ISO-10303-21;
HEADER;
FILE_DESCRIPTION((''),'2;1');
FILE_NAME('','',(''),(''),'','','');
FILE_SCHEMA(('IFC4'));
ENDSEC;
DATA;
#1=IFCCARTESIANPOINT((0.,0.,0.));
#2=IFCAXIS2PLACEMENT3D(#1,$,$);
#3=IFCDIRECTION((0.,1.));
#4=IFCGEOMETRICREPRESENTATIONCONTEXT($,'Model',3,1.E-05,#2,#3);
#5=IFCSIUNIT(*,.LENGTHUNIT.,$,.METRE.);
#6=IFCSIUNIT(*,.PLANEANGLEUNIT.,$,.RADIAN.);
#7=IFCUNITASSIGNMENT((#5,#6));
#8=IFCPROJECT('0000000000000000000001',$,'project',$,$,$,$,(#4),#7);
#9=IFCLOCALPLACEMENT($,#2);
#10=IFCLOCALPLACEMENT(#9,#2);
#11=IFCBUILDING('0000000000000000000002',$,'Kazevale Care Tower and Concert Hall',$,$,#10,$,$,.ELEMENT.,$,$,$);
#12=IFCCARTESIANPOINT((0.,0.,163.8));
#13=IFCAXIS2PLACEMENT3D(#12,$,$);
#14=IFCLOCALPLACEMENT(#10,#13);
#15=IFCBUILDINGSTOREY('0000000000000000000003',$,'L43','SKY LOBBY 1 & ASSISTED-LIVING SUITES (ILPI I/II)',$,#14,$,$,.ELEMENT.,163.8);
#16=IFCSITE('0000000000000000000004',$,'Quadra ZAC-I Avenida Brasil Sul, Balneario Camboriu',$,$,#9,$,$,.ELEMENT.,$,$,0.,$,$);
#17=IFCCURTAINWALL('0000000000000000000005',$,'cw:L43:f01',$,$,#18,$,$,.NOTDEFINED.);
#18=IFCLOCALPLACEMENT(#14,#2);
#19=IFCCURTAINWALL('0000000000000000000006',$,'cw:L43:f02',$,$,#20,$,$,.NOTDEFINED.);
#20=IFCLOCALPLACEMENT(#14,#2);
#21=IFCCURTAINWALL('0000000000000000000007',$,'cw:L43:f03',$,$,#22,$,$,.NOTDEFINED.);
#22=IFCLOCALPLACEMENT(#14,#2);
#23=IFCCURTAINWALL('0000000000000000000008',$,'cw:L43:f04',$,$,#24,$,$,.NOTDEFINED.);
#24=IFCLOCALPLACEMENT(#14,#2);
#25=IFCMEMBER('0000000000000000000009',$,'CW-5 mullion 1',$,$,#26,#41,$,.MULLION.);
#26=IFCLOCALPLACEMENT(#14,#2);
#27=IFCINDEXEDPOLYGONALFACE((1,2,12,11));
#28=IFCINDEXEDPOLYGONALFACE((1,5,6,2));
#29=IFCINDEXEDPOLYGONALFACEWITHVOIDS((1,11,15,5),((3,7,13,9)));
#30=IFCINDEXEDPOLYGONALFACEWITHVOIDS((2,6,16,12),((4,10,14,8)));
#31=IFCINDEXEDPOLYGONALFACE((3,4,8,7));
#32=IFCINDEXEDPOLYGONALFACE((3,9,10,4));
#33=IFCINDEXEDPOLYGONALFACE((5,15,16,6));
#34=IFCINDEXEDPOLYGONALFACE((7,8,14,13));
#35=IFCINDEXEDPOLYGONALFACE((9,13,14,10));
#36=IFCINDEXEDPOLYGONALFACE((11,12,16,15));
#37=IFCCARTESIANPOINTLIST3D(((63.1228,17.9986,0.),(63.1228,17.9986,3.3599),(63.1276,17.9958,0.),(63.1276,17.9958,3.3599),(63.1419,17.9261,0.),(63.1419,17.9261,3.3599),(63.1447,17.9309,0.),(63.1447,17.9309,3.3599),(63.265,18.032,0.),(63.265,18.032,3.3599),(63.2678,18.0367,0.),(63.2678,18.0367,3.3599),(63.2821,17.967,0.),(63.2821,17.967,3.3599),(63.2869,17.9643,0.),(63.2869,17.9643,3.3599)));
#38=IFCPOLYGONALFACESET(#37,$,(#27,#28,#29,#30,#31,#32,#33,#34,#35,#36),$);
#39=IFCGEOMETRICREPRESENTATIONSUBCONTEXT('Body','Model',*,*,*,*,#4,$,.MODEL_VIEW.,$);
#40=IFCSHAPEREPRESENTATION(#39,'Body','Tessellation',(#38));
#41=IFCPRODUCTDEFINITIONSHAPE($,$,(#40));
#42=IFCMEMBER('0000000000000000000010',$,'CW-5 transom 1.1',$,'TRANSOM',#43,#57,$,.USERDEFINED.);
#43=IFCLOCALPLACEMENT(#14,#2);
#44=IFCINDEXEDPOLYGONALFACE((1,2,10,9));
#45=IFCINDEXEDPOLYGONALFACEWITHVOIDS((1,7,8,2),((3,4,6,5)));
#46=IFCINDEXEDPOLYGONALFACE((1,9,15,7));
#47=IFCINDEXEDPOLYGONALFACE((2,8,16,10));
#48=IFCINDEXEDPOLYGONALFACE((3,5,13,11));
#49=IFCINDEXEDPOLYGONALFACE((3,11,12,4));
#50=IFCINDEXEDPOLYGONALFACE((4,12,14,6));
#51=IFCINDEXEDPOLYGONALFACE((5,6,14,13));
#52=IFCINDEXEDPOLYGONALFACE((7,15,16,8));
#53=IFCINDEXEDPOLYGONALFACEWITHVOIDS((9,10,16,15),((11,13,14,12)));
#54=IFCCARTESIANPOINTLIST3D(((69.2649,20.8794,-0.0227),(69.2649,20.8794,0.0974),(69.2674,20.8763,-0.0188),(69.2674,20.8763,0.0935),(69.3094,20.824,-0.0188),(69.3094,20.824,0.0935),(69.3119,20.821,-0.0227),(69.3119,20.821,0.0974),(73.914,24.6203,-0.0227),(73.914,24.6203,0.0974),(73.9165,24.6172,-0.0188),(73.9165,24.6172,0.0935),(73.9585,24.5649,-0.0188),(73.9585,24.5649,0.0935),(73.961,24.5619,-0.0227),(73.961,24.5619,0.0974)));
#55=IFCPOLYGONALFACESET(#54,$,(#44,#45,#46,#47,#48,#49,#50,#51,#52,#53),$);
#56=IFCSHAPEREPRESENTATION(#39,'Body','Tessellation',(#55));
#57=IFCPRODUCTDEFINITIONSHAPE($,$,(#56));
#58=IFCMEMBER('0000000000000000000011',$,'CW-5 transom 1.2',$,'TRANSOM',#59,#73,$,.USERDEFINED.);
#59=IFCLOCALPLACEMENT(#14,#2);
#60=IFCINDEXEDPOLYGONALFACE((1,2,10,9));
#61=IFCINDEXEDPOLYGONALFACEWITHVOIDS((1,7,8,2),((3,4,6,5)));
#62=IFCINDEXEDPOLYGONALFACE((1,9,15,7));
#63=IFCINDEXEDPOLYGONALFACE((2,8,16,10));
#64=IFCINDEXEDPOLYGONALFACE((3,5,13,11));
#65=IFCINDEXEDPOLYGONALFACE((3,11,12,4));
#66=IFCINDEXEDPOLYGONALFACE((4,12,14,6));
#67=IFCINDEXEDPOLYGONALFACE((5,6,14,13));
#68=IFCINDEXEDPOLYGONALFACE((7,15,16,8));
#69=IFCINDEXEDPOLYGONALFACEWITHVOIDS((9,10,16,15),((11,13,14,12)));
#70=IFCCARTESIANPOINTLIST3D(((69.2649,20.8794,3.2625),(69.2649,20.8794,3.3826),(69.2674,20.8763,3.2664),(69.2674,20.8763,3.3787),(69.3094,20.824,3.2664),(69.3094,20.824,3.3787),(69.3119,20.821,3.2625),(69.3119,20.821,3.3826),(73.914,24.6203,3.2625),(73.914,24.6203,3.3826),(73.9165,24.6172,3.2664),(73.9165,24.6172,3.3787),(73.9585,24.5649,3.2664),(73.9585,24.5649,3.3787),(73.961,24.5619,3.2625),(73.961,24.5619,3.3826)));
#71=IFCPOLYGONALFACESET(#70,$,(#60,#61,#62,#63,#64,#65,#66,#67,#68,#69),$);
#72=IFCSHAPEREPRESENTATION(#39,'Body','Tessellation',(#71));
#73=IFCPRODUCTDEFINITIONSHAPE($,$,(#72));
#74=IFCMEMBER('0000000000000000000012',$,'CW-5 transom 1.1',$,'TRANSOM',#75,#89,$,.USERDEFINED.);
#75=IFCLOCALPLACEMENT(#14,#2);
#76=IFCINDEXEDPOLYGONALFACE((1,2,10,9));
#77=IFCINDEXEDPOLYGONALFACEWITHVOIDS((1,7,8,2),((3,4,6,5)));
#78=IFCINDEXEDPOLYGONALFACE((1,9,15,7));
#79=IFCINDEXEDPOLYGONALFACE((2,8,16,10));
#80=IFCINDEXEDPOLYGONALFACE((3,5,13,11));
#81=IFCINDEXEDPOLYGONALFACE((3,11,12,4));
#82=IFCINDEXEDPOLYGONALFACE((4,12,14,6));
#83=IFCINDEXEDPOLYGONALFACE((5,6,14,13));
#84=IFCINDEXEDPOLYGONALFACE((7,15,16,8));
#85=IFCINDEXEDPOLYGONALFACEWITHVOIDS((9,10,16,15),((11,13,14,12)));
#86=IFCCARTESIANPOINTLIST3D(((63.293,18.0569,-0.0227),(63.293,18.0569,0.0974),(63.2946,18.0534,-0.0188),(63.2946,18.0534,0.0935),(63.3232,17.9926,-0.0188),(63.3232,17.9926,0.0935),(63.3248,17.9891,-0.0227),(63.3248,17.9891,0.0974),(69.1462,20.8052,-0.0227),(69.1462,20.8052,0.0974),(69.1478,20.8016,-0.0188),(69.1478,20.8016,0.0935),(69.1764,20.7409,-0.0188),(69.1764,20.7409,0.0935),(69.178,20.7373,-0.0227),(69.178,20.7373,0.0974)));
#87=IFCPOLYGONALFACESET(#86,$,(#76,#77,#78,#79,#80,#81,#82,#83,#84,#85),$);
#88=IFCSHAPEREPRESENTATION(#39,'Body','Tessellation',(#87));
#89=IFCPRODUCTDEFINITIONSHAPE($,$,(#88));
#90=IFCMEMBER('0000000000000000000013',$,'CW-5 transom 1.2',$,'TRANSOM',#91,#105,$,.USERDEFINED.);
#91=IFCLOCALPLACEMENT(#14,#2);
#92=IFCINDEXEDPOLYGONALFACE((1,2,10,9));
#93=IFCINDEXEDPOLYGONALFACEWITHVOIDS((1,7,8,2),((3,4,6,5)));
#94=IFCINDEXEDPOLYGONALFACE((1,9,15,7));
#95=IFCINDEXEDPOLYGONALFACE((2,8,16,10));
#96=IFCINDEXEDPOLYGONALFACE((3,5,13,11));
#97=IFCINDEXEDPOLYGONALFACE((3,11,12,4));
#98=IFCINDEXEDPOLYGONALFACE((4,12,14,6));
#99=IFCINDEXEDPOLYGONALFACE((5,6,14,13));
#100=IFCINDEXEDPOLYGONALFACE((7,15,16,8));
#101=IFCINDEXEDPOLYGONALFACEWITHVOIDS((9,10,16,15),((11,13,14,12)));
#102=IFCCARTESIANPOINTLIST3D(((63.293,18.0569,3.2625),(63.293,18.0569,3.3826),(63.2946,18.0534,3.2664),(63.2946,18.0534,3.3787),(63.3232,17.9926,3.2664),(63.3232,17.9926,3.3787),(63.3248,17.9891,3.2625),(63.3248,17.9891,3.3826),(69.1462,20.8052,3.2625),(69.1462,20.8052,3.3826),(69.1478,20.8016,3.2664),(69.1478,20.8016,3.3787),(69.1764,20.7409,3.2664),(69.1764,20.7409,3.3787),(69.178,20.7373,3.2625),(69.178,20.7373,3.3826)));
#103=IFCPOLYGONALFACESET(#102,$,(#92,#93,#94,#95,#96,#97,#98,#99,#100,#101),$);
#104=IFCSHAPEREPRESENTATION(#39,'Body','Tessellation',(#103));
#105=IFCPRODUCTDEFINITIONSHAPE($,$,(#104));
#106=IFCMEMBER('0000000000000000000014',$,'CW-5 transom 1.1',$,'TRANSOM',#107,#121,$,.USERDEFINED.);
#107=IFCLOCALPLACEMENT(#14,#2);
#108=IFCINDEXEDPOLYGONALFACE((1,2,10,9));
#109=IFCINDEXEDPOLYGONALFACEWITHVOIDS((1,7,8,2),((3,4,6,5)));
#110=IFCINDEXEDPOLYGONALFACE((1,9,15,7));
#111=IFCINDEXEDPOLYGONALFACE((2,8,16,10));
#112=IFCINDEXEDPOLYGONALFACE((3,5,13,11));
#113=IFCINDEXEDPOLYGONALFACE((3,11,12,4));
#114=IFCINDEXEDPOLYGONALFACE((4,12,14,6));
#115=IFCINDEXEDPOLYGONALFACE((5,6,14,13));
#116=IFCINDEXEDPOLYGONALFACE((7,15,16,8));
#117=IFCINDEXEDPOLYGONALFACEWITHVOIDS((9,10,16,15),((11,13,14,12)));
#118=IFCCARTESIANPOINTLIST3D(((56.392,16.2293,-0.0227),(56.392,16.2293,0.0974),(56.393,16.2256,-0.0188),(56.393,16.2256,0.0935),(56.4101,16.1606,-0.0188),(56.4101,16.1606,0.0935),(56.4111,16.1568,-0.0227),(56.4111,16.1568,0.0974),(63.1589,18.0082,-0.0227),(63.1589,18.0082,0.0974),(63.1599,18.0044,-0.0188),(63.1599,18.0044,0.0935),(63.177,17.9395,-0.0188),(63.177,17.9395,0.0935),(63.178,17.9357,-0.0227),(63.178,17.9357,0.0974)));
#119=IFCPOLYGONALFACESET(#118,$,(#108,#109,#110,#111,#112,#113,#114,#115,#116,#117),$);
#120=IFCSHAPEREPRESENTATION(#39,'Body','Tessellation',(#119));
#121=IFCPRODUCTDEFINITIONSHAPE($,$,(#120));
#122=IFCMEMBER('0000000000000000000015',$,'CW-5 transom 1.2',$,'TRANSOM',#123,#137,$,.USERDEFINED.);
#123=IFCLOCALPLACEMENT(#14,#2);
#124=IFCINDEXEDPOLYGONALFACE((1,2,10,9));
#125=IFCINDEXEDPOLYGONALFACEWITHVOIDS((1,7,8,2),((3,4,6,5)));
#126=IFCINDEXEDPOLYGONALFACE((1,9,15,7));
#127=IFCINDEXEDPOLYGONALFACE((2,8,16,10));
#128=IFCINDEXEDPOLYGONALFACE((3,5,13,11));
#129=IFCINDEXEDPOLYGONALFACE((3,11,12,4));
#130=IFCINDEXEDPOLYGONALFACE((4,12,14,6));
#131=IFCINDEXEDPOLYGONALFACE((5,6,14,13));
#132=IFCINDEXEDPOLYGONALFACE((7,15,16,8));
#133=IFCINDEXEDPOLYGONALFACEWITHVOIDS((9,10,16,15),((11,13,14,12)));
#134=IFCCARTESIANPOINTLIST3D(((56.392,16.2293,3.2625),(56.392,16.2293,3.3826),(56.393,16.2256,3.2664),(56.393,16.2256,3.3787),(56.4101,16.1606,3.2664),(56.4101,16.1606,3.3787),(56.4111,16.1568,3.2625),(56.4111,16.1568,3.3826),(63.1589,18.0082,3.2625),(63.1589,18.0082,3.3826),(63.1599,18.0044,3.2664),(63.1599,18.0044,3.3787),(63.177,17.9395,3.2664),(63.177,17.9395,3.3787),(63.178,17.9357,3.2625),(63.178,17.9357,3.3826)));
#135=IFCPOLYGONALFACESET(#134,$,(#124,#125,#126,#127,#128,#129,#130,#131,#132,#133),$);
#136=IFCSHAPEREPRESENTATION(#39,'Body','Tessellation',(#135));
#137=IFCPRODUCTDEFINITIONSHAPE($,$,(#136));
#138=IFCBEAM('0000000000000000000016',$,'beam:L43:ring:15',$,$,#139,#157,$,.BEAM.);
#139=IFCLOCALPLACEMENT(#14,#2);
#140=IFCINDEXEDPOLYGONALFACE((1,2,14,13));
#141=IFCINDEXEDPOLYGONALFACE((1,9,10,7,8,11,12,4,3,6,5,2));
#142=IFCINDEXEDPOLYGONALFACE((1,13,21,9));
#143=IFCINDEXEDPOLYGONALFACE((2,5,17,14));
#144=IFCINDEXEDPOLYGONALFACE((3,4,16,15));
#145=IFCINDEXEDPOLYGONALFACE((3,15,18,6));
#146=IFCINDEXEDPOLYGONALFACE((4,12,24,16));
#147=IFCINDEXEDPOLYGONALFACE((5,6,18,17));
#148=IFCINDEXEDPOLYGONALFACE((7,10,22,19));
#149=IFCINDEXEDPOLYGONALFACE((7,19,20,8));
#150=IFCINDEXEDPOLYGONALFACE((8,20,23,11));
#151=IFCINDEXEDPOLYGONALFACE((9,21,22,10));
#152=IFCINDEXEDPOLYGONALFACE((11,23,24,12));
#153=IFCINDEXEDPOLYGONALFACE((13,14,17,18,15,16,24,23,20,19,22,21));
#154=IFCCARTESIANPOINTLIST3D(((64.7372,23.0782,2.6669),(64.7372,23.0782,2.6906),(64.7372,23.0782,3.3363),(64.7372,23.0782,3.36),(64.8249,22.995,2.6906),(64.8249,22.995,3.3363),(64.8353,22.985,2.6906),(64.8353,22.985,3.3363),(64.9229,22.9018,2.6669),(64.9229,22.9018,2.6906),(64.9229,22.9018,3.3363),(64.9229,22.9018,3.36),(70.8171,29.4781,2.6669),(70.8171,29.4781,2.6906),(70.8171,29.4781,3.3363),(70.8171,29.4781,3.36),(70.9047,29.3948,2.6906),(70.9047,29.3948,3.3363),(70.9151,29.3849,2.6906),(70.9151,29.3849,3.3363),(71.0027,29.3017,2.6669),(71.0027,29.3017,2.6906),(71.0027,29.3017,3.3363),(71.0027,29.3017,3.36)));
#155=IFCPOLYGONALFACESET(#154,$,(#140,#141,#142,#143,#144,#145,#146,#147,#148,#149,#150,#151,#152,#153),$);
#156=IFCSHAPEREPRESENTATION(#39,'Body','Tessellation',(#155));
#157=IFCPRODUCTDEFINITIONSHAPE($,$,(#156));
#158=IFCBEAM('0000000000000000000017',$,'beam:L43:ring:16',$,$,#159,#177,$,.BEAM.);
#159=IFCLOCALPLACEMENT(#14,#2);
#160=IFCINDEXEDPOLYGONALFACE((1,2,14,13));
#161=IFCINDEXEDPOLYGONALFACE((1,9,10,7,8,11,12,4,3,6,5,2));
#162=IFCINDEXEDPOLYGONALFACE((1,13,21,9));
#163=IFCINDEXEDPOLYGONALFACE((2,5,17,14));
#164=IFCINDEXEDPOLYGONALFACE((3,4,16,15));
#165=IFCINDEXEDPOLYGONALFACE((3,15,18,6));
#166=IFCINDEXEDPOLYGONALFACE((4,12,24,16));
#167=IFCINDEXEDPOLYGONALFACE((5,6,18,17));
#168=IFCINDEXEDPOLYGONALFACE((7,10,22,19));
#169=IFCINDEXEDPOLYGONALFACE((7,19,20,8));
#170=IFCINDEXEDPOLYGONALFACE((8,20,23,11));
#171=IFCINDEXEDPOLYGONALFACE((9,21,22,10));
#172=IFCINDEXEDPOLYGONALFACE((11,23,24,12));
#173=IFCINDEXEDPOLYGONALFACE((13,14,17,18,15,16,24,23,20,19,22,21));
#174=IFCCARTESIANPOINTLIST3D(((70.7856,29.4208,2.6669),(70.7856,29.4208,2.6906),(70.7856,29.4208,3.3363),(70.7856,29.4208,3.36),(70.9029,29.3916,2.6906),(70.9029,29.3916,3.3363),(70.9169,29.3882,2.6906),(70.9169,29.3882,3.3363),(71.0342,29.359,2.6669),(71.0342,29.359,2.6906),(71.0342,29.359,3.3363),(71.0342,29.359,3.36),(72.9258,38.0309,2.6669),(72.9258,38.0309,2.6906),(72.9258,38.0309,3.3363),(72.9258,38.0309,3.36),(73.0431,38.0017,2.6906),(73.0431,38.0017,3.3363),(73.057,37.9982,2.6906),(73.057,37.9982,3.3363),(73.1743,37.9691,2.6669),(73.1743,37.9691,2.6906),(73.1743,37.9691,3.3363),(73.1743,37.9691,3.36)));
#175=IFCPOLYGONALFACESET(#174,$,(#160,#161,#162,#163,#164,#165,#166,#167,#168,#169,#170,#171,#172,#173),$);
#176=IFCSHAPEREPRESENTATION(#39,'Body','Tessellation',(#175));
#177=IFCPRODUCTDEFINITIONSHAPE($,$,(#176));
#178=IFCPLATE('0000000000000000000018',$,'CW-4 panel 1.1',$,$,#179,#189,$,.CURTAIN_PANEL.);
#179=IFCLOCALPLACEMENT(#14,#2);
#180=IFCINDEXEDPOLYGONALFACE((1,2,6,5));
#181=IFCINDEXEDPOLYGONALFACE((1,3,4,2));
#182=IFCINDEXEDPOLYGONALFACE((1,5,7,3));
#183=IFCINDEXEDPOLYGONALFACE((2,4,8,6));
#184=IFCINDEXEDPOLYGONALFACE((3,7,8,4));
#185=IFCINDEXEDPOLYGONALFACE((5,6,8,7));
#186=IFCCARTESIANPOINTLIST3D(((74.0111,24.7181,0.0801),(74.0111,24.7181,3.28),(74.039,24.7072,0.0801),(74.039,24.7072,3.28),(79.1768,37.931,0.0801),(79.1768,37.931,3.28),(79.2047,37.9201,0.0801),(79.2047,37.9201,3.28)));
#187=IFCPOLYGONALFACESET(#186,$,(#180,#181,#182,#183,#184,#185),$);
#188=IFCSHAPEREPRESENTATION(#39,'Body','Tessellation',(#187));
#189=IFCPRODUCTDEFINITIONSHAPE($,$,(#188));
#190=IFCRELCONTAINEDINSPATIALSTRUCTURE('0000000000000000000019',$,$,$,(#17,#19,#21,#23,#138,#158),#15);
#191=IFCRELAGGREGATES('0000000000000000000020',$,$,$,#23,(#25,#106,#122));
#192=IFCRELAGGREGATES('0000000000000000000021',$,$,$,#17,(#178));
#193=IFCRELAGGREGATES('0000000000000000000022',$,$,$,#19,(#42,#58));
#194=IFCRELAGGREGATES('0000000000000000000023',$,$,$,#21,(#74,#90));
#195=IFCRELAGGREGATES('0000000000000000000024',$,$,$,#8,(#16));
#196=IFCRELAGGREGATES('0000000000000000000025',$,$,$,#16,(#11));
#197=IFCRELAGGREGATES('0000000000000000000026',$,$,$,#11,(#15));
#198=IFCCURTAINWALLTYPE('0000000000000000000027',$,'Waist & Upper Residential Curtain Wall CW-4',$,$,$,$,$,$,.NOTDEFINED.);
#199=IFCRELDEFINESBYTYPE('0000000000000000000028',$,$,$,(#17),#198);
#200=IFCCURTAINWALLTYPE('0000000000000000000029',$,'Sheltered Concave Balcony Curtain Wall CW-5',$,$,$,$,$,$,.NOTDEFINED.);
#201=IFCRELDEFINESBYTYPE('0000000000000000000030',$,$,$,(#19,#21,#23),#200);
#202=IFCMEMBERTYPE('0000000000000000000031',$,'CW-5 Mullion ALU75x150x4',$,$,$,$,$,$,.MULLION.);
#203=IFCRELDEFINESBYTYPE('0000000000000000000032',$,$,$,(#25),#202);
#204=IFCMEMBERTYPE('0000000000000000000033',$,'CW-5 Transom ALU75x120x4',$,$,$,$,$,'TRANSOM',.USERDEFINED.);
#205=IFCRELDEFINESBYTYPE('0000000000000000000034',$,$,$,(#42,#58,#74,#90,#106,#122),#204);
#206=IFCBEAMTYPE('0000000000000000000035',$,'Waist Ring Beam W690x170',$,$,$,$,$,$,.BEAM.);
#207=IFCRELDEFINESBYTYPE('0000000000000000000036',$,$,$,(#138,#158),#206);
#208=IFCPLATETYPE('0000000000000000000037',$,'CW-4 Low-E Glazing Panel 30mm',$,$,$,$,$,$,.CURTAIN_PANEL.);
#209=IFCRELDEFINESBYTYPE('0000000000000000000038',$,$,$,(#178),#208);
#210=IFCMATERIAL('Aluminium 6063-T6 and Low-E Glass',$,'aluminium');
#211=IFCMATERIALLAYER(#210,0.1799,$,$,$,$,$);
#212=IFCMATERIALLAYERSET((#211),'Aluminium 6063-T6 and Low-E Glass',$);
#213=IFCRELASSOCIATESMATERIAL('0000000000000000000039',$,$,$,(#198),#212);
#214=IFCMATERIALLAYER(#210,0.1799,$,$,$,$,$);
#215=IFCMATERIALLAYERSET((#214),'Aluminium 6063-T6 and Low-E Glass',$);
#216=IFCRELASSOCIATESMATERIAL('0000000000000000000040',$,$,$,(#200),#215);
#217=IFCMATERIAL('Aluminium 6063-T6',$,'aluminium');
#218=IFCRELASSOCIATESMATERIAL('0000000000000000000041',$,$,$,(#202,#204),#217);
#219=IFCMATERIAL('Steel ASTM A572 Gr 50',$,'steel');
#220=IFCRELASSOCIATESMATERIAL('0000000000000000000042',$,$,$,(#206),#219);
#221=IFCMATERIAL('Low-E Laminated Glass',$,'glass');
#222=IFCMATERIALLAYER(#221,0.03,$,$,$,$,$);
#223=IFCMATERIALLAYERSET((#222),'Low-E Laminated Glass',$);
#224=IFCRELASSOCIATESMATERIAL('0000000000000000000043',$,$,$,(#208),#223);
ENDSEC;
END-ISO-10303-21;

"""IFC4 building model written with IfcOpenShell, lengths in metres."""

from ifc_helpers import new_model, si_unit, direction, frame, origin, origin_2d, place, context, subcontext, project, spatial, rectangle, hollow_rectangle, i_section, extrude, material, layer, layer_set, material_profile, profile_set, type_object, element, aggregate, save


model = new_model("IFC4")

# Units and contexts
model_context = context("Model", 3, precision=1e-05, world=origin(), true_north=direction((0.0, 1.0)))
body_context = subcontext(model_context, "Body", "Model", "MODEL_VIEW")
ifc_project = project(units=[si_unit("LENGTHUNIT", "METRE"), si_unit("PLANEANGLEUNIT", "RADIAN")], contexts=[model_context])

# Site, building, storey
site_placement = place(None, origin())
site = spatial("IfcSite", under=ifc_project, at=site_placement, Name="Quadra ZAC-I Avenida Brasil Sul, Balneario Camboriu", CompositionType="ELEMENT", RefElevation=0.0)
building_placement = place(site_placement, origin())
building = spatial("IfcBuilding", under=site, at=building_placement, Name="Kazevale Care Tower and Concert Hall", CompositionType="ELEMENT")
storey_placement = place(building_placement, frame((0.0, 0.0, 163.8)))
storey = spatial("IfcBuildingStorey", under=building, at=storey_placement, Name="L43", Description="SKY LOBBY 1 & ASSISTED-LIVING SUITES (ILPI I/II)", CompositionType="ELEMENT", Elevation=163.8)

# Curtain wall
ifc_material_1 = material(Name="Aluminium 6063-T6 and Low-E Glass", Category="aluminium")
ifc_layer_1 = layer(ifc_material_1, 0.1799)
ifc_layer_set_1 = layer_set([ifc_layer_1], Name="Aluminium 6063-T6 and Low-E Glass")
curtain_wall_type_1 = type_object("IfcCurtainWallType", Name="Waist & Upper Residential Curtain Wall CW-4", PredefinedType="NOTDEFINED", material=ifc_layer_set_1)
curtain_wall_1_placement = place(storey_placement, origin())
curtain_wall_1 = element("IfcCurtainWall", 1, at=curtain_wall_1_placement, inside=storey, type_object=curtain_wall_type_1, Name="cw:L43:f01", PredefinedType="NOTDEFINED")
ifc_material_2 = material(Name="Aluminium 6063-T6", Category="aluminium")

# Curtain walls
ifc_layer_2 = layer(ifc_material_1, 0.1799)
ifc_layer_set_2 = layer_set([ifc_layer_2], Name="Aluminium 6063-T6 and Low-E Glass")
curtain_wall_type_2 = type_object("IfcCurtainWallType", Name="Sheltered Concave Balcony Curtain Wall CW-5", PredefinedType="NOTDEFINED", material=ifc_layer_set_2)
curtain_wall_2_placement = place(storey_placement, origin())
curtain_wall_2 = element("IfcCurtainWall", 2, at=curtain_wall_2_placement, inside=storey, type_object=curtain_wall_type_2, Name="cw:L43:f02", PredefinedType="NOTDEFINED")
ifc_material_profile_1 = material_profile(ifc_material_2, hollow_rectangle(XDim=0.075, YDim=0.1499, WallThickness=0.0039, at=origin_2d()), Name="ALU75x150x4")
ifc_profile_set_1 = profile_set([ifc_material_profile_1], Name="Aluminium 6063-T6")
member_type_1 = type_object("IfcMemberType", Name="CW-5 Mullion ALU75x150x4", PredefinedType="MULLION", material=ifc_profile_set_1)
curtain_wall_3_placement = place(storey_placement, origin())
curtain_wall_3 = element("IfcCurtainWall", 3, at=curtain_wall_3_placement, inside=storey, type_object=curtain_wall_type_2, Name="cw:L43:f03", PredefinedType="NOTDEFINED")

# Curtain wall, member
curtain_wall_4_placement = place(storey_placement, origin())
curtain_wall_4 = element("IfcCurtainWall", 4, at=curtain_wall_4_placement, inside=storey, type_object=curtain_wall_type_2, Name="cw:L43:f04", PredefinedType="NOTDEFINED")
member_1_placement = place(storey_placement, frame((63.2048, 17.9814, 0.0), z_axis=(0.0, 0.0, 1.0), x_axis=(0.254238, -0.967142, 0.0)))
member_1 = element("IfcMember", 5, at=member_1_placement, type_object=member_type_1, Name="CW-5 mullion 1", PredefinedType="MULLION", context=body_context, shape_type="SweptSolid", body=[
    extrude(hollow_rectangle(XDim=0.075, YDim=0.1499, WallThickness=0.0039, at=origin_2d()), origin(), (0.0, 0.0, 1.0), 3.3599),
])

# Members
ifc_material_profile_2 = material_profile(ifc_material_2, hollow_rectangle(XDim=0.075, YDim=0.1201, WallThickness=0.0039, at=origin_2d()), Name="ALU75x120x4")
ifc_profile_set_2 = profile_set([ifc_material_profile_2], Name="Aluminium 6063-T6")
member_type_2 = type_object("IfcMemberType", Name="CW-5 Transom ALU75x120x4", ElementType="TRANSOM", PredefinedType="USERDEFINED", material=ifc_profile_set_2)
member_2_placement = place(storey_placement, frame((73.9375, 24.5911, 0.0374), z_axis=(-0.779097, -0.626903, 0.0), x_axis=(0.626903, -0.779097, 0.0)))
member_2 = element("IfcMember", 6, at=member_2_placement, type_object=member_type_2, Name="CW-5 transom 1.1", ObjectType="TRANSOM", PredefinedType="USERDEFINED", context=body_context, shape_type="SweptSolid", body=[
    extrude(hollow_rectangle(XDim=0.075, YDim=0.1201, WallThickness=0.0039, at=origin_2d()), origin(), (0.0, 0.0, 1.0), 5.9673),
])
member_3_placement = place(storey_placement, frame((73.9375, 24.5911, 3.3225), z_axis=(-0.779097, -0.626903, 0.0), x_axis=(0.626903, -0.779097, 0.0)))
member_3 = element("IfcMember", 7, at=member_3_placement, type_object=member_type_2, Name="CW-5 transom 1.2", ObjectType="TRANSOM", PredefinedType="USERDEFINED", context=body_context, shape_type="SweptSolid", body=[
    extrude(hollow_rectangle(XDim=0.075, YDim=0.1201, WallThickness=0.0039, at=origin_2d()), origin(), (0.0, 0.0, 1.0), 5.9673),
])
member_4_placement = place(storey_placement, frame((69.1621, 20.7712, 0.0374), z_axis=(-0.905187, -0.425013, 0.0), x_axis=(0.425013, -0.905187, 0.0)))
member_4 = element("IfcMember", 8, at=member_4_placement, type_object=member_type_2, Name="CW-5 transom 1.1", ObjectType="TRANSOM", PredefinedType="USERDEFINED", context=body_context, shape_type="SweptSolid", body=[
    extrude(hollow_rectangle(XDim=0.075, YDim=0.1201, WallThickness=0.0039, at=origin_2d()), origin(), (0.0, 0.0, 1.0), 6.4663),
])
member_5_placement = place(storey_placement, frame((69.1621, 20.7712, 3.3225), z_axis=(-0.905187, -0.425013, 0.0), x_axis=(0.425013, -0.905187, 0.0)))
member_5 = element("IfcMember", 9, at=member_5_placement, type_object=member_type_2, Name="CW-5 transom 1.2", ObjectType="TRANSOM", PredefinedType="USERDEFINED", context=body_context, shape_type="SweptSolid", body=[
    extrude(hollow_rectangle(XDim=0.075, YDim=0.1201, WallThickness=0.0039, at=origin_2d()), origin(), (0.0, 0.0, 1.0), 6.4663),
])
member_6_placement = place(storey_placement, frame((63.1685, 17.9719, 0.0374), z_axis=(-0.967143, -0.254234, 0.0), x_axis=(0.254234, -0.967143, 0.0)))
member_6 = element("IfcMember", 10, at=member_6_placement, type_object=member_type_2, Name="CW-5 transom 1.1", ObjectType="TRANSOM", PredefinedType="USERDEFINED", context=body_context, shape_type="SweptSolid", body=[
    extrude(hollow_rectangle(XDim=0.075, YDim=0.1201, WallThickness=0.0039, at=origin_2d()), origin(), (0.0, 0.0, 1.0), 6.9968),
])
member_7_placement = place(storey_placement, frame((63.1685, 17.9719, 3.3225), z_axis=(-0.967143, -0.254234, 0.0), x_axis=(0.254234, -0.967143, 0.0)))
member_7 = element("IfcMember", 11, at=member_7_placement, type_object=member_type_2, Name="CW-5 transom 1.2", ObjectType="TRANSOM", PredefinedType="USERDEFINED", context=body_context, shape_type="SweptSolid", body=[
    extrude(hollow_rectangle(XDim=0.075, YDim=0.1201, WallThickness=0.0039, at=origin_2d()), origin(), (0.0, 0.0, 1.0), 6.9968),
])
aggregate(curtain_wall_4, [member_1, member_6, member_7])

# Beams
ifc_material_3 = material(Name="Steel ASTM A572 Gr 50", Category="steel")
ifc_material_profile_3 = material_profile(ifc_material_3, i_section(OverallWidth=0.2561, OverallDepth=0.6931, WebThickness=0.0144, FlangeThickness=0.0237, at=origin_2d()), Name="W690x170")
ifc_profile_set_3 = profile_set([ifc_material_profile_3], Name="Steel ASTM A572 Gr 50")
beam_type = type_object("IfcBeamType", Name="Waist Ring Beam W690x170", PredefinedType="BEAM", material=ifc_profile_set_3)
beam_1_placement = place(storey_placement, frame((64.8301, 22.99, 3.0134), z_axis=(0.688745, 0.725004, 0.0), x_axis=(-0.725004, 0.688745, 0.0)))
element("IfcBeam", 12, at=beam_1_placement, inside=storey, type_object=beam_type, Name="beam:L43:ring:15", PredefinedType="BEAM", context=body_context, shape_type="SweptSolid", body=[
    extrude(i_section(OverallWidth=0.2561, OverallDepth=0.6931, WebThickness=0.0144, FlangeThickness=0.0237, at=origin_2d()), origin(), (0.0, 0.0, 1.0), 8.8274),
])
beam_2_placement = place(storey_placement, frame((70.9099, 29.3899, 3.0134), z_axis=(0.241221, 0.97047, 0.0), x_axis=(-0.97047, 0.241221, 0.0)))
element("IfcBeam", 13, at=beam_2_placement, inside=storey, type_object=beam_type, Name="beam:L43:ring:16", PredefinedType="BEAM", context=body_context, shape_type="SweptSolid", body=[
    extrude(i_section(OverallWidth=0.2561, OverallDepth=0.6931, WebThickness=0.0144, FlangeThickness=0.0237, at=origin_2d()), origin(), (0.0, 0.0, 1.0), 8.8721),
])

# Plate
ifc_material_4 = material(Name="Low-E Laminated Glass", Category="glass")
ifc_layer_3 = layer(ifc_material_4, 0.03)
ifc_layer_set_3 = layer_set([ifc_layer_3], Name="Low-E Laminated Glass")
plate_type_1 = type_object("IfcPlateType", Name="CW-4 Low-E Glazing Panel 30mm", PredefinedType="CURTAIN_PANEL", material=ifc_layer_set_3)
plate_1_placement = place(storey_placement, frame((76.6079, 31.3191, 0.0801), z_axis=(0.0, 0.0, 1.0), x_axis=(-0.364121, -0.931352, 0.0)))
plate_1 = element("IfcPlate", 14, at=plate_1_placement, type_object=plate_type_1, Name="CW-4 panel 1.1", PredefinedType="CURTAIN_PANEL", context=body_context, shape_type="SweptSolid", body=[
    extrude(rectangle(XDim=14.1868, YDim=0.03, at=origin_2d()), origin(), (0.0, 0.0, 1.0), 3.2),
])
aggregate(curtain_wall_1, [plate_1])
aggregate(curtain_wall_2, [member_2, member_3])
aggregate(curtain_wall_3, [member_4, member_5])

save(model, "model.ifc")
